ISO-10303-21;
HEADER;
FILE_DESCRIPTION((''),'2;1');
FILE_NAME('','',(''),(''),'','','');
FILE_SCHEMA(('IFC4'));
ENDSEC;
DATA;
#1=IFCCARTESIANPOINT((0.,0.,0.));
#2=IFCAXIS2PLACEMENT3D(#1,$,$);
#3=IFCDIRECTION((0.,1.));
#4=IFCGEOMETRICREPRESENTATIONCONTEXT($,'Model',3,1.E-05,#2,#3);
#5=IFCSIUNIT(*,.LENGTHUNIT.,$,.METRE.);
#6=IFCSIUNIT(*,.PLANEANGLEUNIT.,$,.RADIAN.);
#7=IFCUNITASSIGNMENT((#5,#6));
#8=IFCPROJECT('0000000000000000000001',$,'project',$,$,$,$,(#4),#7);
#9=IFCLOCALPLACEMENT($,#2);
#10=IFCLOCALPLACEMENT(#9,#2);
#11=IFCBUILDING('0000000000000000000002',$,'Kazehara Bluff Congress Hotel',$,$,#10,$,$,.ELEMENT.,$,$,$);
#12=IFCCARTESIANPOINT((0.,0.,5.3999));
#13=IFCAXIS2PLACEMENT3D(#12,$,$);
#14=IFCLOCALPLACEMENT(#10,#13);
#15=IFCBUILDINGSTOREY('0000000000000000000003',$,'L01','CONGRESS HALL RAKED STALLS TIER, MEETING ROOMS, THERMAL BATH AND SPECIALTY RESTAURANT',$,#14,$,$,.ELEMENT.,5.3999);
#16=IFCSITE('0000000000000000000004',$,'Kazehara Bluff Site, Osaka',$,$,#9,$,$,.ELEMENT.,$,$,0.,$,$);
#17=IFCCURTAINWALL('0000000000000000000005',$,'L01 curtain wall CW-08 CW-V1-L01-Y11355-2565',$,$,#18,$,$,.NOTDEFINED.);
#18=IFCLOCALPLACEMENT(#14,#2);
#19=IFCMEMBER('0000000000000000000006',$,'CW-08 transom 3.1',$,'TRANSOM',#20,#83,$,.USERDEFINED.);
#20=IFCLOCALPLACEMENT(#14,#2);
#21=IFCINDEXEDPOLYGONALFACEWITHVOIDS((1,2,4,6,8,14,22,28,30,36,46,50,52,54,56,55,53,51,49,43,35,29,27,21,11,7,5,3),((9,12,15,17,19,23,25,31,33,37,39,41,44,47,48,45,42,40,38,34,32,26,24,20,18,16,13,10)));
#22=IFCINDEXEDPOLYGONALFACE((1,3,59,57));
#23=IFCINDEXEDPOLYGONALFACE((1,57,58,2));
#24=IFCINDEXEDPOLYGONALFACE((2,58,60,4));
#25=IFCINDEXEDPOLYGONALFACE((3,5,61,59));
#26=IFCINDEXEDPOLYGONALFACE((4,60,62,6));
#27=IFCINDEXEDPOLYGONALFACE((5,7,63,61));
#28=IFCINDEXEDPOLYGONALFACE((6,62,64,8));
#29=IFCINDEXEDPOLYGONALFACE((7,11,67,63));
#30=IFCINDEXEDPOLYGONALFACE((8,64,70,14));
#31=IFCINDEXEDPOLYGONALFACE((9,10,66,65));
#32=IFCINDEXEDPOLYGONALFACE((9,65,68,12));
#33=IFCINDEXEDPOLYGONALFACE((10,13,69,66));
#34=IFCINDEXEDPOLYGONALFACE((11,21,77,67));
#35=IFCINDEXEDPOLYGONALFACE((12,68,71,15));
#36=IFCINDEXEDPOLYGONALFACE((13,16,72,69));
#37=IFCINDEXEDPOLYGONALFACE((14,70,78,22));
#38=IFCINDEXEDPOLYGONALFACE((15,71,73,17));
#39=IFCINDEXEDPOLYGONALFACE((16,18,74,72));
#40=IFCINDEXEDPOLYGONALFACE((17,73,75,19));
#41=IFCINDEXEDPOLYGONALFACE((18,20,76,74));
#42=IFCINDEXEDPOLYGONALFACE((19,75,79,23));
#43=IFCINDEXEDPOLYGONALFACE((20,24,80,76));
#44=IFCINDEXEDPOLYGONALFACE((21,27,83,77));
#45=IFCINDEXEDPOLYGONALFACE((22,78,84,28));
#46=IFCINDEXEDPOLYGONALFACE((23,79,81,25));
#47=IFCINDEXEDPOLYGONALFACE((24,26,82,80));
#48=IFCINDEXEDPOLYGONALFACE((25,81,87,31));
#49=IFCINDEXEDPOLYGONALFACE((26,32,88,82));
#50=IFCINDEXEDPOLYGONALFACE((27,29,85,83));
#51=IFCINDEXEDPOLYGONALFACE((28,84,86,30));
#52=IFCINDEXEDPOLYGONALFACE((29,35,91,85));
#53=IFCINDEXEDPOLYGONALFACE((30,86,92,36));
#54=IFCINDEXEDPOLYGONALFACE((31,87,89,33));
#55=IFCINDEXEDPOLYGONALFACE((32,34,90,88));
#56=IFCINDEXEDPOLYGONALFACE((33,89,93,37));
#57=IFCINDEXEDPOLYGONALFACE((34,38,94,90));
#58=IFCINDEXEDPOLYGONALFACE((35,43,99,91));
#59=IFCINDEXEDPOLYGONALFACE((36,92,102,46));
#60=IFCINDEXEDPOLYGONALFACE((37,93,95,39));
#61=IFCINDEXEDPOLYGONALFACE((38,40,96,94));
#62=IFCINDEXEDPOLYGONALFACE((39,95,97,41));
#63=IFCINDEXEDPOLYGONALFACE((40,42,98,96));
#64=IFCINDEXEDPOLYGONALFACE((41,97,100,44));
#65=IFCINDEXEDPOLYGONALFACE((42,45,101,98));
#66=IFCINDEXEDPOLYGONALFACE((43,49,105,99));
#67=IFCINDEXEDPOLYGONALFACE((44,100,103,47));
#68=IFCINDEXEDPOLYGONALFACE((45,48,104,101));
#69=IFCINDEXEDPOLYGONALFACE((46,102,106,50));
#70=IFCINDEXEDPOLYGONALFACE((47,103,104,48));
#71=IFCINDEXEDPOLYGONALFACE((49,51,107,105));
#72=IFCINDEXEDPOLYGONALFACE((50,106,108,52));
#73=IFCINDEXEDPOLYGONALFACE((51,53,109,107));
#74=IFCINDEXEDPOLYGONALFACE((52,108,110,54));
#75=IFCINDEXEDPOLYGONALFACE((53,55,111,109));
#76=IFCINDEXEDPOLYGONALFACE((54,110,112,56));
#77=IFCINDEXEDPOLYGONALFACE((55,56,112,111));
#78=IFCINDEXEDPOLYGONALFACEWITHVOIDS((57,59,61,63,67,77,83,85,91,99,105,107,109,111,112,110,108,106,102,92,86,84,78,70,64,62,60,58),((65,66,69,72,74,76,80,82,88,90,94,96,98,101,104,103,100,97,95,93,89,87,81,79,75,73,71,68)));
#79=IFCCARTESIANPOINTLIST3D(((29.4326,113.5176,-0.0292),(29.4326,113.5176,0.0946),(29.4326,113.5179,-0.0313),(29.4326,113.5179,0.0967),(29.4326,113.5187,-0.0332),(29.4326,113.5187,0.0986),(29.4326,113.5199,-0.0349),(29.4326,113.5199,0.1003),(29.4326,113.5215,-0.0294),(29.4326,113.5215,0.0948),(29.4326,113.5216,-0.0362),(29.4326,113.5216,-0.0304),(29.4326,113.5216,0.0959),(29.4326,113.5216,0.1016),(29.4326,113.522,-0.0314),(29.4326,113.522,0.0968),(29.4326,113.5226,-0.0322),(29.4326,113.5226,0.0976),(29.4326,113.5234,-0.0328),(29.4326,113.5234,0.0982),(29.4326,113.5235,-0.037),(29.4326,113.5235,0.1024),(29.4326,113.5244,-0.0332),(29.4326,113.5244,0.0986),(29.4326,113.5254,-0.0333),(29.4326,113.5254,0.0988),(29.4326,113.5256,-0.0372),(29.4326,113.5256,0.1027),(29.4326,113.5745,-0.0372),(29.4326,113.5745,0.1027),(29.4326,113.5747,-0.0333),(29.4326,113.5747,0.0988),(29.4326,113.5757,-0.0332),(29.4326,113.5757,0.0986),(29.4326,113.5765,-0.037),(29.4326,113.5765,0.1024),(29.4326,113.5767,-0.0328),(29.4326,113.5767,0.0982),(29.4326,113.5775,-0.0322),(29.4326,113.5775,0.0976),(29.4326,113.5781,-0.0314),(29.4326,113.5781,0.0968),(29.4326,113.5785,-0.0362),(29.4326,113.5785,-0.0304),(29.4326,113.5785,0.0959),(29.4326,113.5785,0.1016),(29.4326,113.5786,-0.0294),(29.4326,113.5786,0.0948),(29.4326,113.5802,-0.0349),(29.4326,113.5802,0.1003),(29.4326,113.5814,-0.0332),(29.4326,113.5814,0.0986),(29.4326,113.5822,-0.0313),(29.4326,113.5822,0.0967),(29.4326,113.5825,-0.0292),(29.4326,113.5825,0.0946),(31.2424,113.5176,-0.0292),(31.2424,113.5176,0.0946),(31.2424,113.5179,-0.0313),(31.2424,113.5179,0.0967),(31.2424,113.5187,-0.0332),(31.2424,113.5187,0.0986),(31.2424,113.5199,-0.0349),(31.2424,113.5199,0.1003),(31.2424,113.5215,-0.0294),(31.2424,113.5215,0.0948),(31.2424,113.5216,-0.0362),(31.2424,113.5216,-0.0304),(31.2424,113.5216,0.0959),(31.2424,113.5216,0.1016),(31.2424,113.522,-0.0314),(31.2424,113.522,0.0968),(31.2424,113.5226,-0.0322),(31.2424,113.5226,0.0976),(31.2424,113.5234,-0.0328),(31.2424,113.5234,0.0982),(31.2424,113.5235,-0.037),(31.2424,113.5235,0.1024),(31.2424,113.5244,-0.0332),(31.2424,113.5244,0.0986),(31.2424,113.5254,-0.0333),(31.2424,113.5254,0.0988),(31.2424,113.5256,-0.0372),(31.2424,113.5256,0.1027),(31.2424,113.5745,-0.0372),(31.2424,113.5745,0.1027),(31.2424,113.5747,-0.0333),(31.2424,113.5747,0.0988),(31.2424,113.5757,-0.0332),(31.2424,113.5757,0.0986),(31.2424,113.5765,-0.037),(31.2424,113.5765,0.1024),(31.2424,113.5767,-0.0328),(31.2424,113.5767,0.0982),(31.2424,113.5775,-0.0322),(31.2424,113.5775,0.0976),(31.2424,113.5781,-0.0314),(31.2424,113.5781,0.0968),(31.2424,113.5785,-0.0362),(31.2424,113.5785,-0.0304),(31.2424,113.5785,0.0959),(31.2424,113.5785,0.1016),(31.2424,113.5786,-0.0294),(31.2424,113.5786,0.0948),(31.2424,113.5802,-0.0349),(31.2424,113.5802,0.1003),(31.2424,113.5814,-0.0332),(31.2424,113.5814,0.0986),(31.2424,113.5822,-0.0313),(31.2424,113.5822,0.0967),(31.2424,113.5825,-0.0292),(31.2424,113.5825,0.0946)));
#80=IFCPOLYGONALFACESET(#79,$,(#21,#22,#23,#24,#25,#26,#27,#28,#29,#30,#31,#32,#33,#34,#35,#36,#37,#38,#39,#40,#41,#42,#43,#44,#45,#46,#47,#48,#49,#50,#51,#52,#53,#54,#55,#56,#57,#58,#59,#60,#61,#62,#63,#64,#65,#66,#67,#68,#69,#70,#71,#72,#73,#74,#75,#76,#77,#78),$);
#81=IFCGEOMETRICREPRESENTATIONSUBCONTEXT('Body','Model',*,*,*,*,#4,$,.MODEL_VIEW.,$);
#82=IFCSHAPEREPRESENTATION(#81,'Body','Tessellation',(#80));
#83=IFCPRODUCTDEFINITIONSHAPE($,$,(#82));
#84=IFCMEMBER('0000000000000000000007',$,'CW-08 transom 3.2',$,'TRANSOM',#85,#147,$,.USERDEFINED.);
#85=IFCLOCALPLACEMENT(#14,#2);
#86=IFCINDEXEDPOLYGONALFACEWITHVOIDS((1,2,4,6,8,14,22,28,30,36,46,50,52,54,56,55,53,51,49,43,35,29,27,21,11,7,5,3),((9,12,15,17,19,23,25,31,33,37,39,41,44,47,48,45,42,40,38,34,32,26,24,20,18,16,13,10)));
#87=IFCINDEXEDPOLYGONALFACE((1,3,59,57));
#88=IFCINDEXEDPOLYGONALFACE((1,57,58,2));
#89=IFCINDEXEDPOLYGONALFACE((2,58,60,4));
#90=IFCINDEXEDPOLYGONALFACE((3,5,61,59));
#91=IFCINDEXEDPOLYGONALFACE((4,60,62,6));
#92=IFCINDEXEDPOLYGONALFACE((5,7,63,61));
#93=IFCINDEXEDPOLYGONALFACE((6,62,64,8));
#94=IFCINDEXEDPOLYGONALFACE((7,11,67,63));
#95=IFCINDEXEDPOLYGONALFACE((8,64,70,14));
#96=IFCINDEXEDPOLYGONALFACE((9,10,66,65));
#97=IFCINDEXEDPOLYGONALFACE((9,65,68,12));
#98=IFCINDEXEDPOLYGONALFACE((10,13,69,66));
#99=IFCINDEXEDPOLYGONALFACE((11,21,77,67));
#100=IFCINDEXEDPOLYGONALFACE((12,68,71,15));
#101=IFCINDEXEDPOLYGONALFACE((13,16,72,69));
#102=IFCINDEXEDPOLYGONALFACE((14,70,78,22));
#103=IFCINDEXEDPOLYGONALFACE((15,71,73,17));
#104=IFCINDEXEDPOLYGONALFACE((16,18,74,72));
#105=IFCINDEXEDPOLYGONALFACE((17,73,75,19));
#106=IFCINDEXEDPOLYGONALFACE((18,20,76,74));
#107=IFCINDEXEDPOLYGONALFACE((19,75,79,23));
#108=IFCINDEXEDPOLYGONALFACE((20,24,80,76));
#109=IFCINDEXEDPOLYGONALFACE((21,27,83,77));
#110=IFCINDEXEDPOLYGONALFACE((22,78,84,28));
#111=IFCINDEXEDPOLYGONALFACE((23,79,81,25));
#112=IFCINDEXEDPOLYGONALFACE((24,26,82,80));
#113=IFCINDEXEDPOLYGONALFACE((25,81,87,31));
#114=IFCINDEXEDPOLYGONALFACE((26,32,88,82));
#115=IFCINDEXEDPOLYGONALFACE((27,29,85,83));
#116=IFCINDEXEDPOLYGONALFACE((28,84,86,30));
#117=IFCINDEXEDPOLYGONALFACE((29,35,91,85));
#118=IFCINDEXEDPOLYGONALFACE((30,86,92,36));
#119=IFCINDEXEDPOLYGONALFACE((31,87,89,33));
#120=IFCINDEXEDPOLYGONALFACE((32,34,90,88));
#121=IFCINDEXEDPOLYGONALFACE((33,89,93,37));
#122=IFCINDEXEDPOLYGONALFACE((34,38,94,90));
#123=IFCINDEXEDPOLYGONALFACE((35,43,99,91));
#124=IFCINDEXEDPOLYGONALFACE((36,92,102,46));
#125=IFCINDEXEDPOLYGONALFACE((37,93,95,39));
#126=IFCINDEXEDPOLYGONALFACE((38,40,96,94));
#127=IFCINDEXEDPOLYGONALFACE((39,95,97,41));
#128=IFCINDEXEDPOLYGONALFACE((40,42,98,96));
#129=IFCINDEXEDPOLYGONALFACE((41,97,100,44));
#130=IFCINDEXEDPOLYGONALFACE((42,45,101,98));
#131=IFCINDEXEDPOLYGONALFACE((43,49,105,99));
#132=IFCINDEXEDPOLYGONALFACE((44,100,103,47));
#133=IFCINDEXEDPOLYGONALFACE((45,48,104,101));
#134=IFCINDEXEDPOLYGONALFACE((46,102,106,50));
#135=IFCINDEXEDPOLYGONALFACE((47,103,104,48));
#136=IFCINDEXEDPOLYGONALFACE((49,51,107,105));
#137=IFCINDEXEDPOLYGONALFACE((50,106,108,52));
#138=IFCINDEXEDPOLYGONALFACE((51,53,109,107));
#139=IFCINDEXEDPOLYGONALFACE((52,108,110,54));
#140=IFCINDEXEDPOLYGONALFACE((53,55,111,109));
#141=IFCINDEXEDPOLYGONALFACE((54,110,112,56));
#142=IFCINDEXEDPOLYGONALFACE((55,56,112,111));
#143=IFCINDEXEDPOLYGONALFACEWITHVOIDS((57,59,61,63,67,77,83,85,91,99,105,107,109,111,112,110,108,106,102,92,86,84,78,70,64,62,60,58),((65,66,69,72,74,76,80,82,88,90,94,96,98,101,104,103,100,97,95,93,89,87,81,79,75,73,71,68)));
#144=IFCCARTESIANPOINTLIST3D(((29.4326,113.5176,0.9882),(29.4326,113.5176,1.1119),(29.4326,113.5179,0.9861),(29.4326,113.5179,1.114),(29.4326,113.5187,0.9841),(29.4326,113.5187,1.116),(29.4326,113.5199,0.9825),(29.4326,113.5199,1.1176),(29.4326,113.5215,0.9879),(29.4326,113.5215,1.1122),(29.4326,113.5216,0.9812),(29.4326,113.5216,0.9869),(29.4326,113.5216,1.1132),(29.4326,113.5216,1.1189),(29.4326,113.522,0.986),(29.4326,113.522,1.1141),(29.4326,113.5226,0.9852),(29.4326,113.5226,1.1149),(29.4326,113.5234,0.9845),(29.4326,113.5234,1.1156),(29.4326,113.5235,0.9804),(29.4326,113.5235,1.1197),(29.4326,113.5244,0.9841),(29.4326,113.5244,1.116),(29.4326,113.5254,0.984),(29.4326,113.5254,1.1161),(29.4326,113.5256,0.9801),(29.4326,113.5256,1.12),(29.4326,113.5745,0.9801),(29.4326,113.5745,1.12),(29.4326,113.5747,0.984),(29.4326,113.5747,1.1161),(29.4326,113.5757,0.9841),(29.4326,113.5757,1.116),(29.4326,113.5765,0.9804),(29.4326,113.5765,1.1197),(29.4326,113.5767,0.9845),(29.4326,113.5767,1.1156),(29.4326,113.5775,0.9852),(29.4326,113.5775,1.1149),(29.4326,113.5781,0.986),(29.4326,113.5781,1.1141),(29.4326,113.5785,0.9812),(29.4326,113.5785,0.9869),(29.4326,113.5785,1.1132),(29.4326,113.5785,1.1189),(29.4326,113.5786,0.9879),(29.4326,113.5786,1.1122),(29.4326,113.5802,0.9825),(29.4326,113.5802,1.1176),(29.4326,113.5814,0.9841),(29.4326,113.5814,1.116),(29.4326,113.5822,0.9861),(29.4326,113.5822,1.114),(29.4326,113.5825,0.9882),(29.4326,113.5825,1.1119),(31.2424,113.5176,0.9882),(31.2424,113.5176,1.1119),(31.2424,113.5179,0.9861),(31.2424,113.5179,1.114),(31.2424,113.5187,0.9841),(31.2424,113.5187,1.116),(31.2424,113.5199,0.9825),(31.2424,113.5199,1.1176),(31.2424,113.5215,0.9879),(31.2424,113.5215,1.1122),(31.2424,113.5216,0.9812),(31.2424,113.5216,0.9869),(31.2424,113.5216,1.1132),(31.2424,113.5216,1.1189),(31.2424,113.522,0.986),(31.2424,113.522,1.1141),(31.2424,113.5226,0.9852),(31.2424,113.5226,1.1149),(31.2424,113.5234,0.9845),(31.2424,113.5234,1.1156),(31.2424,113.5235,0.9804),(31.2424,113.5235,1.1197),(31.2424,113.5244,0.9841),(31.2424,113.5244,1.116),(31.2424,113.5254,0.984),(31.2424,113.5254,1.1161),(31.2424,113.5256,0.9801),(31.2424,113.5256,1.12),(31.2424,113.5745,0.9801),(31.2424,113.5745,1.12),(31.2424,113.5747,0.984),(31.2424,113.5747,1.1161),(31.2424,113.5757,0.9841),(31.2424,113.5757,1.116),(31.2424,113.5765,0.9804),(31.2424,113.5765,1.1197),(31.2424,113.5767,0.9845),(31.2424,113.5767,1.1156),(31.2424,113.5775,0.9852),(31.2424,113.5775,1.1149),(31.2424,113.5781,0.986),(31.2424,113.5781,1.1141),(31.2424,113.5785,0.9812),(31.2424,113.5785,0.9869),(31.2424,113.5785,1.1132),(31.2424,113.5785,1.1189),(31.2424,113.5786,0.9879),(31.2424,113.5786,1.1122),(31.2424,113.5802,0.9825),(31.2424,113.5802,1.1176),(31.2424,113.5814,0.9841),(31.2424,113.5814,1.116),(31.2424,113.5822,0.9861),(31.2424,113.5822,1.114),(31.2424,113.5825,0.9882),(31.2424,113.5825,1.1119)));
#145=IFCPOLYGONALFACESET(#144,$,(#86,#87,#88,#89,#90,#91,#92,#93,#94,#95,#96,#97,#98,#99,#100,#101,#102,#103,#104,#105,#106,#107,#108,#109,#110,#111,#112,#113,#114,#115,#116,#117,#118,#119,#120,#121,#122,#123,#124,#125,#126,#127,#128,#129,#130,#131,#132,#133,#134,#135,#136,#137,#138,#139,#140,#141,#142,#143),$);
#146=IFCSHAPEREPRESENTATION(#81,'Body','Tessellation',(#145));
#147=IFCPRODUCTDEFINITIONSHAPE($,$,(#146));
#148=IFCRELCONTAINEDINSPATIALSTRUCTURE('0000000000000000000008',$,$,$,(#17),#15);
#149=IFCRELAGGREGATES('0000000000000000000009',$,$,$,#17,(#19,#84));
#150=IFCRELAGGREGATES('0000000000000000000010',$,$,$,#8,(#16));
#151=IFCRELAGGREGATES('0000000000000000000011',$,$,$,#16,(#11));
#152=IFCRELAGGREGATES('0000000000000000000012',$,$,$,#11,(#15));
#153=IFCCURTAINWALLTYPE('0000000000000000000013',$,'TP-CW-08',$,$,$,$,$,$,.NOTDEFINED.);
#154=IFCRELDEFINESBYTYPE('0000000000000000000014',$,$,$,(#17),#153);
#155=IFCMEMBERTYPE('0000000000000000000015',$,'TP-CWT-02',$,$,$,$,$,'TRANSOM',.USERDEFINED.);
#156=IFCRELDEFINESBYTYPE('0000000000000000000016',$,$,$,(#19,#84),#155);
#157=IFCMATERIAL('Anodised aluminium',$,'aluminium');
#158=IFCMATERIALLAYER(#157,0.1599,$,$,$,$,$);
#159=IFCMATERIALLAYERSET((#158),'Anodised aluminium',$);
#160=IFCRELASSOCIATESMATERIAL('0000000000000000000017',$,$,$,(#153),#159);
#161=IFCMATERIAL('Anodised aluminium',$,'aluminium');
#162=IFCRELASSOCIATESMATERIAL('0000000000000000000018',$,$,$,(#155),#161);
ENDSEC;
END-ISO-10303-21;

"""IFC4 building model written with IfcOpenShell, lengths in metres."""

from ifc_helpers import new_model, si_unit, direction, frame, origin, origin_2d, place, context, subcontext, project, spatial, hollow_rectangle, extrude, material, layer, layer_set, material_profile, profile_set, type_object, element, aggregate, save


model = new_model("IFC4")

# Units and contexts
model_context = context("Model", 3, precision=1e-05, world=origin(), true_north=direction((0.0, 1.0)))
body_context = subcontext(model_context, "Body", "Model", "MODEL_VIEW")
ifc_project = project(units=[si_unit("LENGTHUNIT", "METRE"), si_unit("PLANEANGLEUNIT", "RADIAN")], contexts=[model_context])

# Site, building, storey
site_placement = place(None, origin())
site = spatial("IfcSite", under=ifc_project, at=site_placement, Name="Kazehara Bluff Site, Osaka", CompositionType="ELEMENT", RefElevation=0.0)
building_placement = place(site_placement, origin())
building = spatial("IfcBuilding", under=site, at=building_placement, Name="Kazehara Bluff Congress Hotel", CompositionType="ELEMENT")
storey_placement = place(building_placement, frame((0.0, 0.0, 5.3999)))
storey = spatial("IfcBuildingStorey", under=building, at=storey_placement, Name="L01", Description="CONGRESS HALL RAKED STALLS TIER, MEETING ROOMS, THERMAL BATH AND SPECIALTY RESTAURANT", CompositionType="ELEMENT", Elevation=5.3999)

# Curtain wall
ifc_material_1 = material(Name="Anodised aluminium", Category="aluminium")
ifc_layer_1 = layer(ifc_material_1, 0.1599)
ifc_layer_set_1 = layer_set([ifc_layer_1], Name="Anodised aluminium")
curtain_wall_type = type_object("IfcCurtainWallType", Name="TP-CW-08", PredefinedType="NOTDEFINED", material=ifc_layer_set_1)
curtain_wall_1_placement = place(storey_placement, origin())
curtain_wall_1 = element("IfcCurtainWall", 1, at=curtain_wall_1_placement, inside=storey, type_object=curtain_wall_type, Name="L01 curtain wall CW-08 CW-V1-L01-Y11355-2565", PredefinedType="NOTDEFINED")

# Members
ifc_material_2 = material(Name="Anodised aluminium", Category="aluminium")
ifc_material_profile_1 = material_profile(ifc_material_2, hollow_rectangle(XDim=0.0649, YDim=0.1399, WallThickness=0.0039, InnerFilletRadius=0.0039, OuterFilletRadius=0.0081, at=origin_2d()))
ifc_profile_set_1 = profile_set([ifc_material_profile_1], Name="Anodised aluminium")
member_type_1 = type_object("IfcMemberType", Name="TP-CWT-02", ElementType="TRANSOM", PredefinedType="USERDEFINED", material=ifc_profile_set_1)
member_1_placement = place(storey_placement, frame((29.4326, 113.55, 0.0327), z_axis=(1.0, 0.0, 0.0), x_axis=(0.0, 1.0, 0.0)))
member_1 = element("IfcMember", 2, at=member_1_placement, type_object=member_type_1, Name="CW-08 transom 3.1", ObjectType="TRANSOM", PredefinedType="USERDEFINED", context=body_context, shape_type="SweptSolid", body=[
    extrude(hollow_rectangle(XDim=0.0649, YDim=0.1399, WallThickness=0.0039, InnerFilletRadius=0.0039, OuterFilletRadius=0.0081, at=origin_2d()), origin(), (0.0, 0.0, 1.0), 1.8098),
])
member_2_placement = place(storey_placement, frame((29.4326, 113.55, 1.05), z_axis=(1.0, 0.0, 0.0), x_axis=(0.0, 1.0, 0.0)))
member_2 = element("IfcMember", 3, at=member_2_placement, type_object=member_type_1, Name="CW-08 transom 3.2", ObjectType="TRANSOM", PredefinedType="USERDEFINED", context=body_context, shape_type="SweptSolid", body=[
    extrude(hollow_rectangle(XDim=0.0649, YDim=0.1399, WallThickness=0.0039, InnerFilletRadius=0.0039, OuterFilletRadius=0.0081, at=origin_2d()), origin(), (0.0, 0.0, 1.0), 1.8098),
])

aggregate(curtain_wall_1, [member_1, member_2])

save(model, "model.ifc")
